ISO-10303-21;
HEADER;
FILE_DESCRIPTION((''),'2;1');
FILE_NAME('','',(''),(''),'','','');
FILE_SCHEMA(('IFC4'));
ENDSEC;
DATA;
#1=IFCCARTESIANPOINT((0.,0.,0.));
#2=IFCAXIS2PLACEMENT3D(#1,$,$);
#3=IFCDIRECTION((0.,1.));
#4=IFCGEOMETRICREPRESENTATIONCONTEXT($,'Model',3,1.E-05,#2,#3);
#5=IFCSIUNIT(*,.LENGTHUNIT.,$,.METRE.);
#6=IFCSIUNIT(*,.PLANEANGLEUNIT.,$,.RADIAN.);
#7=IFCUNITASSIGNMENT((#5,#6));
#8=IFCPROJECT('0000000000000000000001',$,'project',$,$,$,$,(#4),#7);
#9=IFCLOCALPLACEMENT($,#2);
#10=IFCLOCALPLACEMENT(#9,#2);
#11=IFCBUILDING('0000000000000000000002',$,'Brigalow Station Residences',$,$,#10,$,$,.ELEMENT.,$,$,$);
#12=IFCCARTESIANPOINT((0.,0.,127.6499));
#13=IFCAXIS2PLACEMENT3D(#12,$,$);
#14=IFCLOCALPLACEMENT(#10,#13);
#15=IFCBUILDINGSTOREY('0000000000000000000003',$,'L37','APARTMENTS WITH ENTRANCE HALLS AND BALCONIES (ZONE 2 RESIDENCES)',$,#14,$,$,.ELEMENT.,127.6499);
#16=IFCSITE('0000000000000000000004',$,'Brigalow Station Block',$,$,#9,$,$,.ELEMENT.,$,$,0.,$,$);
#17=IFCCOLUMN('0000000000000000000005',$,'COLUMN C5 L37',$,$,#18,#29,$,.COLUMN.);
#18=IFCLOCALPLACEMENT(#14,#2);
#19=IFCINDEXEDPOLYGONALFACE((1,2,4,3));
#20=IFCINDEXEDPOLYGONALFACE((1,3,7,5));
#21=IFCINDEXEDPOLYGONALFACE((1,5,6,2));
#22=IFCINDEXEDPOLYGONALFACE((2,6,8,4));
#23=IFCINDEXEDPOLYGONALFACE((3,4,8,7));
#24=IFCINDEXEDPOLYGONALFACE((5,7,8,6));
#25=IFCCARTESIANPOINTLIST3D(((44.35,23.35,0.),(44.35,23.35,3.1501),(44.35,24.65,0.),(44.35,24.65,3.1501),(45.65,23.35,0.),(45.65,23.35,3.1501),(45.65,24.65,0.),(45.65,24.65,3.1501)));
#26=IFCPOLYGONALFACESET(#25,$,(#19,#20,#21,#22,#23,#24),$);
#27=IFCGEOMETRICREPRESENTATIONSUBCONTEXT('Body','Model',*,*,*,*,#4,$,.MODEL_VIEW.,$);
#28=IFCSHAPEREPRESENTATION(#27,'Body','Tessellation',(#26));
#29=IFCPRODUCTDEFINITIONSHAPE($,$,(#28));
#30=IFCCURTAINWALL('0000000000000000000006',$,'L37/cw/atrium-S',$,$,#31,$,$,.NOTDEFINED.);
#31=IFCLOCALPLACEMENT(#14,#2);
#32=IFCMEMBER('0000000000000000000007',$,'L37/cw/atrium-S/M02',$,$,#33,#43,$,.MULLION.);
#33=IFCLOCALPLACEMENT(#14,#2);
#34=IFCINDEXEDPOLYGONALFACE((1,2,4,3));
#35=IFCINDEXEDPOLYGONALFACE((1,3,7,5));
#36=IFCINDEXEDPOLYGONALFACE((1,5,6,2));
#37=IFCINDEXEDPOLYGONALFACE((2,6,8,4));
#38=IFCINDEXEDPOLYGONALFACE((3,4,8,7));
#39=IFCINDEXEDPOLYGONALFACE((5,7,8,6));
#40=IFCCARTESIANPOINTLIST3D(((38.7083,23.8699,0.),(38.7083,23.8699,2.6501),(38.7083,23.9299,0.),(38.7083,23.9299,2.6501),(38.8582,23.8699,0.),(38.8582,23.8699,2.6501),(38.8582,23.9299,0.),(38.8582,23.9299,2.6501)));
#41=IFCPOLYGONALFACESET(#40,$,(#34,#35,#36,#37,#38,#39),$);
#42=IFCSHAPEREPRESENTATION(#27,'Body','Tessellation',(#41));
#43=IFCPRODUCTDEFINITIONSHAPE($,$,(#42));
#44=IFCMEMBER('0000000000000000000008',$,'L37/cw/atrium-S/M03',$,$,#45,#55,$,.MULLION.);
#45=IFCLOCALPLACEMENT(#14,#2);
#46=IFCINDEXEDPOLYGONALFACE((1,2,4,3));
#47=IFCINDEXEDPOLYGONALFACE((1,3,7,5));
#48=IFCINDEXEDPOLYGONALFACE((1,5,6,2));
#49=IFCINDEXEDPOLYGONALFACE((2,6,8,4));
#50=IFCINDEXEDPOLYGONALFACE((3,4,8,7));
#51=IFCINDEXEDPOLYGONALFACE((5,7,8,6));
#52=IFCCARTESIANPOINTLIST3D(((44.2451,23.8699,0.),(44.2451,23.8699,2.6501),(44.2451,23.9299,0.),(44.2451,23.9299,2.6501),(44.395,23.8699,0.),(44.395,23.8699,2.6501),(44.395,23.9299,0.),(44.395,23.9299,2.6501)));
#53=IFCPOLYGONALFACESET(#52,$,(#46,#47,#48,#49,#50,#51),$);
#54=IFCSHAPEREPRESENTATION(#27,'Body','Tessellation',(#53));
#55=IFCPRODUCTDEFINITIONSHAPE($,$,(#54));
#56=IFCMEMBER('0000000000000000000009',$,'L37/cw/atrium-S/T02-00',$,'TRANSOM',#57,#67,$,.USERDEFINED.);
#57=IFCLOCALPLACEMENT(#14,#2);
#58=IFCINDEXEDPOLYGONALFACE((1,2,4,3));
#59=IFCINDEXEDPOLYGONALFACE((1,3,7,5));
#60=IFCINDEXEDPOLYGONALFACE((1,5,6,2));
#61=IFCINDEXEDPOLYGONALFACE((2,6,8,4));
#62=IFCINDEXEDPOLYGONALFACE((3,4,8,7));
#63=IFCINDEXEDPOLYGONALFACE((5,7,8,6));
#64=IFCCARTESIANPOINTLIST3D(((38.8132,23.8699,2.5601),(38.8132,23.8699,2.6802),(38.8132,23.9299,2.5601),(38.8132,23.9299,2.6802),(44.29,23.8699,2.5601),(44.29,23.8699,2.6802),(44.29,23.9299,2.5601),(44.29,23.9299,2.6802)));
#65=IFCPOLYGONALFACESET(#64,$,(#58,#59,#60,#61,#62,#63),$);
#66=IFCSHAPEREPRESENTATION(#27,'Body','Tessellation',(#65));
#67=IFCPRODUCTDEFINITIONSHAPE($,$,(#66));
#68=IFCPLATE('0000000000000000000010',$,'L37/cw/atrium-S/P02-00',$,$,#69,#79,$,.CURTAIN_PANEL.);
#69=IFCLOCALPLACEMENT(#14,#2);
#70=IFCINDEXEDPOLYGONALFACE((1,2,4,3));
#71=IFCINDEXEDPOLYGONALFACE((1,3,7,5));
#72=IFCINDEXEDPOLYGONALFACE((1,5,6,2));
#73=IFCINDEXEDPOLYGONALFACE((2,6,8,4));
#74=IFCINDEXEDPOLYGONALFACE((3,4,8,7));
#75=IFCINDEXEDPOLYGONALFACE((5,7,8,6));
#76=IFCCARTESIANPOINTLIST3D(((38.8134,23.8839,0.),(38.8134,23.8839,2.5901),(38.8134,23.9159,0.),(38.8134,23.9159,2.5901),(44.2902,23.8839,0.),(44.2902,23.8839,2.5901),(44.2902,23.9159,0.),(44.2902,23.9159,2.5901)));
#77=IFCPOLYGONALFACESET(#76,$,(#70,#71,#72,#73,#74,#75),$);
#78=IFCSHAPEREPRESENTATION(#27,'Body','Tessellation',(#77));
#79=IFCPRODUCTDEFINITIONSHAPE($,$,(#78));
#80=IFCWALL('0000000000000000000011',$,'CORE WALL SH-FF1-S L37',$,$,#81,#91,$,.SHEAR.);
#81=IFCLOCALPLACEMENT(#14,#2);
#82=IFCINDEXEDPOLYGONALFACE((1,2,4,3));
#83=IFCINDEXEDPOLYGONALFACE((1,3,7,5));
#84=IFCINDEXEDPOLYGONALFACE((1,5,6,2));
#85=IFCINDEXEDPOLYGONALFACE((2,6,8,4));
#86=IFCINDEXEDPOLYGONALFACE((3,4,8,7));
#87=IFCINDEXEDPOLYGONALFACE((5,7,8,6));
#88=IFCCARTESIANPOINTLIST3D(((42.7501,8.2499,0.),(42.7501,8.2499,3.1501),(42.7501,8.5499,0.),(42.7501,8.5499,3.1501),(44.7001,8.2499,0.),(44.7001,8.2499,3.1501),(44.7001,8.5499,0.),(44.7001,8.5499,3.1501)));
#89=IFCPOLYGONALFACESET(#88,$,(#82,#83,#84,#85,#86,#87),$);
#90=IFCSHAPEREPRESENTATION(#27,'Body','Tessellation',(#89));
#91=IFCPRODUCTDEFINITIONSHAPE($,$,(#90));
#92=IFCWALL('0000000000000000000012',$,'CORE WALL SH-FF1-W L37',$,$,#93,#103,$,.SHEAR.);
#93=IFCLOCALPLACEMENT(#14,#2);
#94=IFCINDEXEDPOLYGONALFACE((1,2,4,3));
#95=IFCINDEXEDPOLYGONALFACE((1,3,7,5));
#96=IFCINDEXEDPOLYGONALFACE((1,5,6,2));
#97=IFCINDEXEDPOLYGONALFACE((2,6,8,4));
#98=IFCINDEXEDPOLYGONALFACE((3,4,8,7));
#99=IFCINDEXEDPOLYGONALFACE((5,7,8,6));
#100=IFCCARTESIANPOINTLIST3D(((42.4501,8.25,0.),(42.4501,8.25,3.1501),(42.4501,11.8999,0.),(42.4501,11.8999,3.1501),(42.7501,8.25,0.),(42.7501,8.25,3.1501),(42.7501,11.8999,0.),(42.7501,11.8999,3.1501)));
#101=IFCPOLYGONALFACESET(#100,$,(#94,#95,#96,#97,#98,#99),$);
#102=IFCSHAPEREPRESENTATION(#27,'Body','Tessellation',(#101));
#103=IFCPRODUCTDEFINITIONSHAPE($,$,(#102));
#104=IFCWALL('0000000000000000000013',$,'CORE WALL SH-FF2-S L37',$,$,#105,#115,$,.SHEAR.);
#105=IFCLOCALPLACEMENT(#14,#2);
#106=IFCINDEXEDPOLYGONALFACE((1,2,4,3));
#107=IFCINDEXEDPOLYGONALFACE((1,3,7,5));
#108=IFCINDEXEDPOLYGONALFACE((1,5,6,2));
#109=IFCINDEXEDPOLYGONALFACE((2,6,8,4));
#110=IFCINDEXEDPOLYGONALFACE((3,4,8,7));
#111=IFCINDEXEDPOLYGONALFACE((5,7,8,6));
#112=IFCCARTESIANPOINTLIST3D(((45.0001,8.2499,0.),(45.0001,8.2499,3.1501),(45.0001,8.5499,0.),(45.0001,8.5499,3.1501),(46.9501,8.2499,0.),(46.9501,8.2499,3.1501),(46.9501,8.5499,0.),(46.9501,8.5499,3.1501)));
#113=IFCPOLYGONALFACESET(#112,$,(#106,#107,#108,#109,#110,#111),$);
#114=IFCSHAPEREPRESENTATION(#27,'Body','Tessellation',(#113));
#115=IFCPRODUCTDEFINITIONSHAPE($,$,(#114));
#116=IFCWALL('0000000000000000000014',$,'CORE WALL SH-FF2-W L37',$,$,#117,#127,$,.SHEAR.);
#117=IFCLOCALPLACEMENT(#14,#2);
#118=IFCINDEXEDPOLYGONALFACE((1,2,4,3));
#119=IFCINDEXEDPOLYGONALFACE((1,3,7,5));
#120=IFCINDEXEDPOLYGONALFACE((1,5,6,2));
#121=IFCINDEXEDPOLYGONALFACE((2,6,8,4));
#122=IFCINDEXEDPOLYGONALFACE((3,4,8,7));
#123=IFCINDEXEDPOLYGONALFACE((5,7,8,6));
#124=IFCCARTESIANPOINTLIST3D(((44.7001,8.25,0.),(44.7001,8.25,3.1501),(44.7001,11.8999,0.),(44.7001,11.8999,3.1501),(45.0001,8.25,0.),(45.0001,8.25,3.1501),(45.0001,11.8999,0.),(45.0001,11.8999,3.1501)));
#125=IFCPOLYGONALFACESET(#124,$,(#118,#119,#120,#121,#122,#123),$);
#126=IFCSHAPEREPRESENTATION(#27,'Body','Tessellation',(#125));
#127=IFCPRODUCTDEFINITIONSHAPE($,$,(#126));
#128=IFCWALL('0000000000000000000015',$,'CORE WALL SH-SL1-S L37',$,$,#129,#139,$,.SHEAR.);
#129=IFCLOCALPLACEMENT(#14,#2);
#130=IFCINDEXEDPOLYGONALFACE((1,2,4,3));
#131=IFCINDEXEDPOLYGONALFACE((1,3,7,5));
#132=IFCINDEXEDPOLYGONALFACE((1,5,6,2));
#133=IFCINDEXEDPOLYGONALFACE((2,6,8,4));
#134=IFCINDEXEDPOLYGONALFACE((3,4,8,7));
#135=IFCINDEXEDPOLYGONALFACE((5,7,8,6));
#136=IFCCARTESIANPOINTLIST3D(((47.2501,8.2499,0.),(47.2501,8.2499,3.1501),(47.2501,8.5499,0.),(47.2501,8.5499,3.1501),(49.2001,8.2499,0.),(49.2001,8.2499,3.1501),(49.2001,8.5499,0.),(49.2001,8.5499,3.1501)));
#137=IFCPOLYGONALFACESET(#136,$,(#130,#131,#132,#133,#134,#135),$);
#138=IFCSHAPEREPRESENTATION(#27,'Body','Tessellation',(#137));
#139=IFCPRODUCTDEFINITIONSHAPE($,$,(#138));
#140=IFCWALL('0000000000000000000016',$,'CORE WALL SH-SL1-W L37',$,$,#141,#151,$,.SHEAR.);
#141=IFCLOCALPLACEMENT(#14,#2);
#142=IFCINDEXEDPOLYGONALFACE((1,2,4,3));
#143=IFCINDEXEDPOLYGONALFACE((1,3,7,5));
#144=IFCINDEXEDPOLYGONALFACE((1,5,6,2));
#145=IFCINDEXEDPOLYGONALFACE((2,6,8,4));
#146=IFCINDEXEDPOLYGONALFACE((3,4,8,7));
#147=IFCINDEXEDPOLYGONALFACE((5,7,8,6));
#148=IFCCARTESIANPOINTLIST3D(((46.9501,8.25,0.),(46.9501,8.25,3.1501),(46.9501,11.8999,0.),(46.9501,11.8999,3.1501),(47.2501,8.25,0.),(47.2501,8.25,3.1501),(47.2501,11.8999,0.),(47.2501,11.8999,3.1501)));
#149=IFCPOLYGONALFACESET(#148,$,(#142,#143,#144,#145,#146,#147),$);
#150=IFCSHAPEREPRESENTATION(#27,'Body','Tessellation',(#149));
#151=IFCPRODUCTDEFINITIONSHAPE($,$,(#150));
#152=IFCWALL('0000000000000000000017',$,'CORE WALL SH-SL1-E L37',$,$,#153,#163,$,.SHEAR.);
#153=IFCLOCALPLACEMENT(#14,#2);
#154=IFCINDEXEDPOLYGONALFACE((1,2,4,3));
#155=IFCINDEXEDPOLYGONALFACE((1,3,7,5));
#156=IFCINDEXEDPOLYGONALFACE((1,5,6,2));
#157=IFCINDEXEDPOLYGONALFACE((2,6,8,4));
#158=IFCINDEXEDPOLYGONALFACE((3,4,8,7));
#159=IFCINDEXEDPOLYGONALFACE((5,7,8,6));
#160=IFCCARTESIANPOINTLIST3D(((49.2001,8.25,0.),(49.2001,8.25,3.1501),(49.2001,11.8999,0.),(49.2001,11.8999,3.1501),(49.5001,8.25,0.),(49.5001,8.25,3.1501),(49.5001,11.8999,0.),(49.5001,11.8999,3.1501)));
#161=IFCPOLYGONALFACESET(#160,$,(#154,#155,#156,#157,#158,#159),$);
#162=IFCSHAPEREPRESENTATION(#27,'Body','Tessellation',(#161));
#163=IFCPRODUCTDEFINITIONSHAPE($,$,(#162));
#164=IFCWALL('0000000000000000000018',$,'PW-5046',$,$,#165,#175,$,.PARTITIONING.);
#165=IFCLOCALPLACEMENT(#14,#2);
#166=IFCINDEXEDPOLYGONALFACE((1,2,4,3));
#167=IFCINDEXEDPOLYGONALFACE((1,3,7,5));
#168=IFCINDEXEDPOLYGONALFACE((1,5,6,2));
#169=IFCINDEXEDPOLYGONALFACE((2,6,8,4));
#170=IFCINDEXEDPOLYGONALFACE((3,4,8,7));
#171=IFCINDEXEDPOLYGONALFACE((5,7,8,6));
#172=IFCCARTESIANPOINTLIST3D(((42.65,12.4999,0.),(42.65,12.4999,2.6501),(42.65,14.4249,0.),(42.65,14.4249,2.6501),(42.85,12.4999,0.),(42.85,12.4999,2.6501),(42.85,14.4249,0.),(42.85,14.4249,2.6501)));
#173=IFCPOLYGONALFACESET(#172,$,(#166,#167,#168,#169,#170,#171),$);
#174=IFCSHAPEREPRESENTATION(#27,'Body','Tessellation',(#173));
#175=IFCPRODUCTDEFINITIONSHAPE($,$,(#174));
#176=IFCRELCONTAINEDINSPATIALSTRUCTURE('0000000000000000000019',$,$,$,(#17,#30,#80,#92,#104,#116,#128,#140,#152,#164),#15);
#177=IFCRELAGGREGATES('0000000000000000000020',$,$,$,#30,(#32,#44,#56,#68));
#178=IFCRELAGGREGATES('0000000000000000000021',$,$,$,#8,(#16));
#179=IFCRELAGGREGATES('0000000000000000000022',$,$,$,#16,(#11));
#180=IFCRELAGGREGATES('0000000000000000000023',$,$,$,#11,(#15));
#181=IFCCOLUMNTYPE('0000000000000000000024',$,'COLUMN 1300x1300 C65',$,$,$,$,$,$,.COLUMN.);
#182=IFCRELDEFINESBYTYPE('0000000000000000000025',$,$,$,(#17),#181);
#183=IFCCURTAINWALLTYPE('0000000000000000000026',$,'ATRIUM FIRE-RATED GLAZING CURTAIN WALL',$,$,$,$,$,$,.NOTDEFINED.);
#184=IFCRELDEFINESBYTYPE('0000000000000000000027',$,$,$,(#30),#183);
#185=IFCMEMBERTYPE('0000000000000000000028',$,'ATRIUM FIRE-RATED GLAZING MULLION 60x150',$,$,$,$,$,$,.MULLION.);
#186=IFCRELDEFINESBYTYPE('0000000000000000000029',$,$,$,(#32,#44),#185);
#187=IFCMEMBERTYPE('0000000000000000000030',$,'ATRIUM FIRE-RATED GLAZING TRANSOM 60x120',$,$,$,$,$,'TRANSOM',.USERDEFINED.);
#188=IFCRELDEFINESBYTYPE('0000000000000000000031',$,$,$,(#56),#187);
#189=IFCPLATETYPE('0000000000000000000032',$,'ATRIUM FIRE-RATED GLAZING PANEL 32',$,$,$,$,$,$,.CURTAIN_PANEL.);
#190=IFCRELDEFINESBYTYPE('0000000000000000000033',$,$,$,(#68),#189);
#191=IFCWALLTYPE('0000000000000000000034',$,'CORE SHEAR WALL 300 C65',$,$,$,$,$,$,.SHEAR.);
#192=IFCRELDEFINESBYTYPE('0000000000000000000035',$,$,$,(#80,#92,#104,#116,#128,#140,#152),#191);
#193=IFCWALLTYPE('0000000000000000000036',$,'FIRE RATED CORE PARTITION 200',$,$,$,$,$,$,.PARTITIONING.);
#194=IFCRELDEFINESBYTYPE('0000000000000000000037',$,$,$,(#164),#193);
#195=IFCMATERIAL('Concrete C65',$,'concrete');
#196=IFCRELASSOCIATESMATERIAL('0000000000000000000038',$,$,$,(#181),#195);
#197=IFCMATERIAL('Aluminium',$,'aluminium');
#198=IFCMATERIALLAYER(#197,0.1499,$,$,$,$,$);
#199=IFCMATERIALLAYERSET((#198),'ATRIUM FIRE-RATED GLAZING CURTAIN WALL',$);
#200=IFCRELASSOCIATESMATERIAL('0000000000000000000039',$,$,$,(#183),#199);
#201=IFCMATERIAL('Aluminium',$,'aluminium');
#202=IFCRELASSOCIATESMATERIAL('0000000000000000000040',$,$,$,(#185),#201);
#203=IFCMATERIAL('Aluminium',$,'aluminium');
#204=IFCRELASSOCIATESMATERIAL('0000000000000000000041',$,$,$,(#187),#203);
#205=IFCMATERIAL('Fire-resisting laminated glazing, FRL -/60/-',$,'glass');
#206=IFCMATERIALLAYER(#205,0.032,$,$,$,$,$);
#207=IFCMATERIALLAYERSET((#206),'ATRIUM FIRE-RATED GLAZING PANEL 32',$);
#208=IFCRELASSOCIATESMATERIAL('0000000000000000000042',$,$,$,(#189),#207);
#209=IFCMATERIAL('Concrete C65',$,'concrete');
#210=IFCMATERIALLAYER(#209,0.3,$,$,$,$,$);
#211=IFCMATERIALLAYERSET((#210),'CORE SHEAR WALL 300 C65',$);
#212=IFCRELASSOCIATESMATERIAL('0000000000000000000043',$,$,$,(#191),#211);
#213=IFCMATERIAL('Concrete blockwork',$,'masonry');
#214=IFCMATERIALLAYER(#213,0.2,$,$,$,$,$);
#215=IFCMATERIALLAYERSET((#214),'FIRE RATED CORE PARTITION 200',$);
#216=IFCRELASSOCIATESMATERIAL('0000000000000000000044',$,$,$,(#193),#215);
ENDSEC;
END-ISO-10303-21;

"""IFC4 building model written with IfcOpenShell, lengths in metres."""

from ifc_helpers import new_model, si_unit, direction, frame, frame_2d, origin, origin_2d, place, context, subcontext, project, spatial, rectangle, extrude, material, layer, layer_set, material_profile, profile_set, type_object, element, aggregate, save


model = new_model("IFC4")

# Units and contexts
model_context = context("Model", 3, precision=1e-05, world=origin(), true_north=direction((0.0, 1.0)))
body_context = subcontext(model_context, "Body", "Model", "MODEL_VIEW")
ifc_project = project(units=[si_unit("LENGTHUNIT", "METRE"), si_unit("PLANEANGLEUNIT", "RADIAN")], contexts=[model_context])

# Site, building, storey
site_placement = place(None, origin())
site = spatial("IfcSite", under=ifc_project, at=site_placement, Name="Brigalow Station Block", CompositionType="ELEMENT", RefElevation=0.0)
building_placement = place(site_placement, origin())
building = spatial("IfcBuilding", under=site, at=building_placement, Name="Brigalow Station Residences", CompositionType="ELEMENT")
storey_placement = place(building_placement, frame((0.0, 0.0, 127.6499)))
storey = spatial("IfcBuildingStorey", under=building, at=storey_placement, Name="L37", Description="APARTMENTS WITH ENTRANCE HALLS AND BALCONIES (ZONE 2 RESIDENCES)", CompositionType="ELEMENT", Elevation=127.6499)

# Column
ifc_material_1 = material(Name="Concrete C65", Category="concrete")
ifc_material_profile_1 = material_profile(ifc_material_1, rectangle(XDim=1.3, YDim=1.3, at=origin_2d()), Name="RC1300x1300")
ifc_profile_set_1 = profile_set([ifc_material_profile_1], Name="Concrete C65")
column_type = type_object("IfcColumnType", Name="COLUMN 1300x1300 C65", PredefinedType="COLUMN", material=ifc_profile_set_1)
column_placement = place(storey_placement, frame((45.0, 24.0, 0.0), z_axis=(0.0, 0.0, 1.0), x_axis=(1.0, 0.0, 0.0)))
element("IfcColumn", 1, at=column_placement, inside=storey, type_object=column_type, Name="COLUMN C5 L37", PredefinedType="COLUMN", context=body_context, shape_type="SweptSolid", body=[
    extrude(rectangle(XDim=1.3, YDim=1.3, at=origin_2d()), origin(), (0.0, 0.0, 1.0), 3.1501),
])

# Curtain wall, members, plate
ifc_material_2 = material(Name="Aluminium", Category="aluminium")
ifc_layer_1 = layer(ifc_material_2, 0.1499)
ifc_layer_set_1 = layer_set([ifc_layer_1], Name="ATRIUM FIRE-RATED GLAZING CURTAIN WALL")
curtain_wall_type = type_object("IfcCurtainWallType", Name="ATRIUM FIRE-RATED GLAZING CURTAIN WALL", PredefinedType="NOTDEFINED", material=ifc_layer_set_1)
curtain_wall_placement = place(storey_placement, origin())
curtain_wall = element("IfcCurtainWall", 2, at=curtain_wall_placement, inside=storey, type_object=curtain_wall_type, Name="L37/cw/atrium-S", PredefinedType="NOTDEFINED")
ifc_material_3 = material(Name="Aluminium", Category="aluminium")
ifc_material_profile_2 = material_profile(ifc_material_3, rectangle(XDim=0.0601, YDim=0.1499, at=origin_2d()), Name="ATRIUM FIRE-RATED GLAZING MULLION 60x150")
ifc_profile_set_2 = profile_set([ifc_material_profile_2], Name="Aluminium")
member_type_1 = type_object("IfcMemberType", Name="ATRIUM FIRE-RATED GLAZING MULLION 60x150", PredefinedType="MULLION", material=ifc_profile_set_2)
member_1_placement = place(storey_placement, frame((38.7832, 23.8999, 0.0), z_axis=(0.0, 0.0, 1.0), x_axis=(0.0, 1.0, 0.0)))
member_1 = element("IfcMember", 3, at=member_1_placement, type_object=member_type_1, Name="L37/cw/atrium-S/M02", PredefinedType="MULLION", context=body_context, shape_type="SweptSolid", body=[
    extrude(rectangle(XDim=0.0601, YDim=0.1499, at=origin_2d()), origin(), (0.0, 0.0, 1.0), 2.6501),
])
member_2_placement = place(storey_placement, frame((44.3201, 23.8999, 0.0), z_axis=(0.0, 0.0, 1.0), x_axis=(0.0, 1.0, 0.0)))
member_2 = element("IfcMember", 4, at=member_2_placement, type_object=member_type_1, Name="L37/cw/atrium-S/M03", PredefinedType="MULLION", context=body_context, shape_type="SweptSolid", body=[
    extrude(rectangle(XDim=0.0601, YDim=0.1499, at=origin_2d()), origin(), (0.0, 0.0, 1.0), 2.6501),
])
ifc_material_4 = material(Name="Aluminium", Category="aluminium")
ifc_material_profile_3 = material_profile(ifc_material_4, rectangle(XDim=0.0601, YDim=0.1201, at=origin_2d()), Name="ATRIUM FIRE-RATED GLAZING TRANSOM 60x120")
ifc_profile_set_3 = profile_set([ifc_material_profile_3], Name="Aluminium")
member_type_2 = type_object("IfcMemberType", Name="ATRIUM FIRE-RATED GLAZING TRANSOM 60x120", ElementType="TRANSOM", PredefinedType="USERDEFINED", material=ifc_profile_set_3)
member_3_placement = place(storey_placement, frame((38.8132, 23.8999, 2.6201), z_axis=(1.0, 0.0, 0.0), x_axis=(0.0, 1.0, 0.0)))
member_3 = element("IfcMember", 5, at=member_3_placement, type_object=member_type_2, Name="L37/cw/atrium-S/T02-00", ObjectType="TRANSOM", PredefinedType="USERDEFINED", context=body_context, shape_type="SweptSolid", body=[
    extrude(rectangle(XDim=0.0601, YDim=0.1201, at=origin_2d()), origin(), (0.0, 0.0, 1.0), 5.4768),
])
ifc_material_5 = material(Name="Fire-resisting laminated glazing, FRL -/60/-", Category="glass")
ifc_layer_2 = layer(ifc_material_5, 0.032)
ifc_layer_set_2 = layer_set([ifc_layer_2], Name="ATRIUM FIRE-RATED GLAZING PANEL 32")
plate_type = type_object("IfcPlateType", Name="ATRIUM FIRE-RATED GLAZING PANEL 32", PredefinedType="CURTAIN_PANEL", material=ifc_layer_set_2)
plate_placement = place(storey_placement, frame((41.5518, 23.8999, 0.0), z_axis=(0.0, 0.0, 1.0), x_axis=(1.0, 0.0, 0.0)))
plate = element("IfcPlate", 6, at=plate_placement, type_object=plate_type, Name="L37/cw/atrium-S/P02-00", PredefinedType="CURTAIN_PANEL", context=body_context, shape_type="SweptSolid", body=[
    extrude(rectangle(XDim=5.4768, YDim=0.032, at=origin_2d()), origin(), (0.0, 0.0, 1.0), 2.5901),
])
aggregate(curtain_wall, [member_1, member_2, member_3, plate])

# Walls
ifc_material_6 = material(Name="Concrete C65", Category="concrete")
ifc_layer_3 = layer(ifc_material_6, 0.3)
ifc_layer_set_3 = layer_set([ifc_layer_3], Name="CORE SHEAR WALL 300 C65")
wall_type_1 = type_object("IfcWallType", Name="CORE SHEAR WALL 300 C65", PredefinedType="SHEAR", material=ifc_layer_set_3)
wall_1_placement = place(storey_placement, frame((42.75, 8.3999, 0.0), z_axis=(0.0, 0.0, 1.0), x_axis=(1.0, 0.0, 0.0)))
element("IfcWall", 7, at=wall_1_placement, inside=storey, type_object=wall_type_1, Name="CORE WALL SH-FF1-S L37", PredefinedType="SHEAR", context=body_context, shape_type="SweptSolid", body=[
    extrude(rectangle(XDim=1.95, YDim=0.3, at=frame_2d((0.9751, 0.0))), origin(), (0.0, 0.0, 1.0), 3.1501),
])
wall_2_placement = place(storey_placement, frame((42.6001, 8.25, 0.0), z_axis=(0.0, 0.0, 1.0), x_axis=(0.0, 1.0, 0.0)))
element("IfcWall", 8, at=wall_2_placement, inside=storey, type_object=wall_type_1, Name="CORE WALL SH-FF1-W L37", PredefinedType="SHEAR", context=body_context, shape_type="SweptSolid", body=[
    extrude(rectangle(XDim=3.6499, YDim=0.3, at=frame_2d((1.825, 0.0))), origin(), (0.0, 0.0, 1.0), 3.1501),
])
wall_3_placement = place(storey_placement, frame((45.0, 8.3999, 0.0), z_axis=(0.0, 0.0, 1.0), x_axis=(1.0, 0.0, 0.0)))
element("IfcWall", 9, at=wall_3_placement, inside=storey, type_object=wall_type_1, Name="CORE WALL SH-FF2-S L37", PredefinedType="SHEAR", context=body_context, shape_type="SweptSolid", body=[
    extrude(rectangle(XDim=1.95, YDim=0.3, at=frame_2d((0.9751, 0.0))), origin(), (0.0, 0.0, 1.0), 3.1501),
])
wall_4_placement = place(storey_placement, frame((44.8501, 8.25, 0.0), z_axis=(0.0, 0.0, 1.0), x_axis=(0.0, 1.0, 0.0)))
element("IfcWall", 10, at=wall_4_placement, inside=storey, type_object=wall_type_1, Name="CORE WALL SH-FF2-W L37", PredefinedType="SHEAR", context=body_context, shape_type="SweptSolid", body=[
    extrude(rectangle(XDim=3.6499, YDim=0.3, at=frame_2d((1.825, 0.0))), origin(), (0.0, 0.0, 1.0), 3.1501),
])
wall_5_placement = place(storey_placement, frame((47.25, 8.3999, 0.0), z_axis=(0.0, 0.0, 1.0), x_axis=(1.0, 0.0, 0.0)))
element("IfcWall", 11, at=wall_5_placement, inside=storey, type_object=wall_type_1, Name="CORE WALL SH-SL1-S L37", PredefinedType="SHEAR", context=body_context, shape_type="SweptSolid", body=[
    extrude(rectangle(XDim=1.95, YDim=0.3, at=frame_2d((0.9751, 0.0))), origin(), (0.0, 0.0, 1.0), 3.1501),
])
for number, where, z_axis, x_axis, name in (
    (12, (47.1001, 8.25, 0.0), (0.0, 0.0, 1.0), (0.0, 1.0, 0.0), "CORE WALL SH-SL1-W L37"),
    (13, (49.3501, 8.25, 0.0), (0.0, 0.0, 1.0), (0.0, 1.0, 0.0), "CORE WALL SH-SL1-E L37"),
):
    element("IfcWall", number, at=place(storey_placement, frame(where, z_axis=z_axis, x_axis=x_axis)), inside=storey, type_object=wall_type_1, Name=name, PredefinedType="SHEAR", context=body_context, shape_type="SweptSolid", body=[
        extrude(rectangle(XDim=3.6499, YDim=0.3, at=frame_2d((1.825, 0.0))), origin(), (0.0, 0.0, 1.0), 3.1501),
    ])
ifc_material_7 = material(Name="Concrete blockwork", Category="masonry")
ifc_layer_4 = layer(ifc_material_7, 0.2)
ifc_layer_set_4 = layer_set([ifc_layer_4], Name="FIRE RATED CORE PARTITION 200")
wall_type_2 = type_object("IfcWallType", Name="FIRE RATED CORE PARTITION 200", PredefinedType="PARTITIONING", material=ifc_layer_set_4)
wall_6_placement = place(storey_placement, frame((42.75, 12.5, 0.0), z_axis=(0.0, 0.0, 1.0), x_axis=(0.0, 1.0, 0.0)))
element("IfcWall", 14, at=wall_6_placement, inside=storey, type_object=wall_type_2, Name="PW-5046", PredefinedType="PARTITIONING", context=body_context, shape_type="SweptSolid", body=[
    extrude(rectangle(XDim=1.925, YDim=0.2, at=frame_2d((0.9624, 0.0))), origin(), (0.0, 0.0, 1.0), 2.6501),
])

save(model, "model.ifc")
